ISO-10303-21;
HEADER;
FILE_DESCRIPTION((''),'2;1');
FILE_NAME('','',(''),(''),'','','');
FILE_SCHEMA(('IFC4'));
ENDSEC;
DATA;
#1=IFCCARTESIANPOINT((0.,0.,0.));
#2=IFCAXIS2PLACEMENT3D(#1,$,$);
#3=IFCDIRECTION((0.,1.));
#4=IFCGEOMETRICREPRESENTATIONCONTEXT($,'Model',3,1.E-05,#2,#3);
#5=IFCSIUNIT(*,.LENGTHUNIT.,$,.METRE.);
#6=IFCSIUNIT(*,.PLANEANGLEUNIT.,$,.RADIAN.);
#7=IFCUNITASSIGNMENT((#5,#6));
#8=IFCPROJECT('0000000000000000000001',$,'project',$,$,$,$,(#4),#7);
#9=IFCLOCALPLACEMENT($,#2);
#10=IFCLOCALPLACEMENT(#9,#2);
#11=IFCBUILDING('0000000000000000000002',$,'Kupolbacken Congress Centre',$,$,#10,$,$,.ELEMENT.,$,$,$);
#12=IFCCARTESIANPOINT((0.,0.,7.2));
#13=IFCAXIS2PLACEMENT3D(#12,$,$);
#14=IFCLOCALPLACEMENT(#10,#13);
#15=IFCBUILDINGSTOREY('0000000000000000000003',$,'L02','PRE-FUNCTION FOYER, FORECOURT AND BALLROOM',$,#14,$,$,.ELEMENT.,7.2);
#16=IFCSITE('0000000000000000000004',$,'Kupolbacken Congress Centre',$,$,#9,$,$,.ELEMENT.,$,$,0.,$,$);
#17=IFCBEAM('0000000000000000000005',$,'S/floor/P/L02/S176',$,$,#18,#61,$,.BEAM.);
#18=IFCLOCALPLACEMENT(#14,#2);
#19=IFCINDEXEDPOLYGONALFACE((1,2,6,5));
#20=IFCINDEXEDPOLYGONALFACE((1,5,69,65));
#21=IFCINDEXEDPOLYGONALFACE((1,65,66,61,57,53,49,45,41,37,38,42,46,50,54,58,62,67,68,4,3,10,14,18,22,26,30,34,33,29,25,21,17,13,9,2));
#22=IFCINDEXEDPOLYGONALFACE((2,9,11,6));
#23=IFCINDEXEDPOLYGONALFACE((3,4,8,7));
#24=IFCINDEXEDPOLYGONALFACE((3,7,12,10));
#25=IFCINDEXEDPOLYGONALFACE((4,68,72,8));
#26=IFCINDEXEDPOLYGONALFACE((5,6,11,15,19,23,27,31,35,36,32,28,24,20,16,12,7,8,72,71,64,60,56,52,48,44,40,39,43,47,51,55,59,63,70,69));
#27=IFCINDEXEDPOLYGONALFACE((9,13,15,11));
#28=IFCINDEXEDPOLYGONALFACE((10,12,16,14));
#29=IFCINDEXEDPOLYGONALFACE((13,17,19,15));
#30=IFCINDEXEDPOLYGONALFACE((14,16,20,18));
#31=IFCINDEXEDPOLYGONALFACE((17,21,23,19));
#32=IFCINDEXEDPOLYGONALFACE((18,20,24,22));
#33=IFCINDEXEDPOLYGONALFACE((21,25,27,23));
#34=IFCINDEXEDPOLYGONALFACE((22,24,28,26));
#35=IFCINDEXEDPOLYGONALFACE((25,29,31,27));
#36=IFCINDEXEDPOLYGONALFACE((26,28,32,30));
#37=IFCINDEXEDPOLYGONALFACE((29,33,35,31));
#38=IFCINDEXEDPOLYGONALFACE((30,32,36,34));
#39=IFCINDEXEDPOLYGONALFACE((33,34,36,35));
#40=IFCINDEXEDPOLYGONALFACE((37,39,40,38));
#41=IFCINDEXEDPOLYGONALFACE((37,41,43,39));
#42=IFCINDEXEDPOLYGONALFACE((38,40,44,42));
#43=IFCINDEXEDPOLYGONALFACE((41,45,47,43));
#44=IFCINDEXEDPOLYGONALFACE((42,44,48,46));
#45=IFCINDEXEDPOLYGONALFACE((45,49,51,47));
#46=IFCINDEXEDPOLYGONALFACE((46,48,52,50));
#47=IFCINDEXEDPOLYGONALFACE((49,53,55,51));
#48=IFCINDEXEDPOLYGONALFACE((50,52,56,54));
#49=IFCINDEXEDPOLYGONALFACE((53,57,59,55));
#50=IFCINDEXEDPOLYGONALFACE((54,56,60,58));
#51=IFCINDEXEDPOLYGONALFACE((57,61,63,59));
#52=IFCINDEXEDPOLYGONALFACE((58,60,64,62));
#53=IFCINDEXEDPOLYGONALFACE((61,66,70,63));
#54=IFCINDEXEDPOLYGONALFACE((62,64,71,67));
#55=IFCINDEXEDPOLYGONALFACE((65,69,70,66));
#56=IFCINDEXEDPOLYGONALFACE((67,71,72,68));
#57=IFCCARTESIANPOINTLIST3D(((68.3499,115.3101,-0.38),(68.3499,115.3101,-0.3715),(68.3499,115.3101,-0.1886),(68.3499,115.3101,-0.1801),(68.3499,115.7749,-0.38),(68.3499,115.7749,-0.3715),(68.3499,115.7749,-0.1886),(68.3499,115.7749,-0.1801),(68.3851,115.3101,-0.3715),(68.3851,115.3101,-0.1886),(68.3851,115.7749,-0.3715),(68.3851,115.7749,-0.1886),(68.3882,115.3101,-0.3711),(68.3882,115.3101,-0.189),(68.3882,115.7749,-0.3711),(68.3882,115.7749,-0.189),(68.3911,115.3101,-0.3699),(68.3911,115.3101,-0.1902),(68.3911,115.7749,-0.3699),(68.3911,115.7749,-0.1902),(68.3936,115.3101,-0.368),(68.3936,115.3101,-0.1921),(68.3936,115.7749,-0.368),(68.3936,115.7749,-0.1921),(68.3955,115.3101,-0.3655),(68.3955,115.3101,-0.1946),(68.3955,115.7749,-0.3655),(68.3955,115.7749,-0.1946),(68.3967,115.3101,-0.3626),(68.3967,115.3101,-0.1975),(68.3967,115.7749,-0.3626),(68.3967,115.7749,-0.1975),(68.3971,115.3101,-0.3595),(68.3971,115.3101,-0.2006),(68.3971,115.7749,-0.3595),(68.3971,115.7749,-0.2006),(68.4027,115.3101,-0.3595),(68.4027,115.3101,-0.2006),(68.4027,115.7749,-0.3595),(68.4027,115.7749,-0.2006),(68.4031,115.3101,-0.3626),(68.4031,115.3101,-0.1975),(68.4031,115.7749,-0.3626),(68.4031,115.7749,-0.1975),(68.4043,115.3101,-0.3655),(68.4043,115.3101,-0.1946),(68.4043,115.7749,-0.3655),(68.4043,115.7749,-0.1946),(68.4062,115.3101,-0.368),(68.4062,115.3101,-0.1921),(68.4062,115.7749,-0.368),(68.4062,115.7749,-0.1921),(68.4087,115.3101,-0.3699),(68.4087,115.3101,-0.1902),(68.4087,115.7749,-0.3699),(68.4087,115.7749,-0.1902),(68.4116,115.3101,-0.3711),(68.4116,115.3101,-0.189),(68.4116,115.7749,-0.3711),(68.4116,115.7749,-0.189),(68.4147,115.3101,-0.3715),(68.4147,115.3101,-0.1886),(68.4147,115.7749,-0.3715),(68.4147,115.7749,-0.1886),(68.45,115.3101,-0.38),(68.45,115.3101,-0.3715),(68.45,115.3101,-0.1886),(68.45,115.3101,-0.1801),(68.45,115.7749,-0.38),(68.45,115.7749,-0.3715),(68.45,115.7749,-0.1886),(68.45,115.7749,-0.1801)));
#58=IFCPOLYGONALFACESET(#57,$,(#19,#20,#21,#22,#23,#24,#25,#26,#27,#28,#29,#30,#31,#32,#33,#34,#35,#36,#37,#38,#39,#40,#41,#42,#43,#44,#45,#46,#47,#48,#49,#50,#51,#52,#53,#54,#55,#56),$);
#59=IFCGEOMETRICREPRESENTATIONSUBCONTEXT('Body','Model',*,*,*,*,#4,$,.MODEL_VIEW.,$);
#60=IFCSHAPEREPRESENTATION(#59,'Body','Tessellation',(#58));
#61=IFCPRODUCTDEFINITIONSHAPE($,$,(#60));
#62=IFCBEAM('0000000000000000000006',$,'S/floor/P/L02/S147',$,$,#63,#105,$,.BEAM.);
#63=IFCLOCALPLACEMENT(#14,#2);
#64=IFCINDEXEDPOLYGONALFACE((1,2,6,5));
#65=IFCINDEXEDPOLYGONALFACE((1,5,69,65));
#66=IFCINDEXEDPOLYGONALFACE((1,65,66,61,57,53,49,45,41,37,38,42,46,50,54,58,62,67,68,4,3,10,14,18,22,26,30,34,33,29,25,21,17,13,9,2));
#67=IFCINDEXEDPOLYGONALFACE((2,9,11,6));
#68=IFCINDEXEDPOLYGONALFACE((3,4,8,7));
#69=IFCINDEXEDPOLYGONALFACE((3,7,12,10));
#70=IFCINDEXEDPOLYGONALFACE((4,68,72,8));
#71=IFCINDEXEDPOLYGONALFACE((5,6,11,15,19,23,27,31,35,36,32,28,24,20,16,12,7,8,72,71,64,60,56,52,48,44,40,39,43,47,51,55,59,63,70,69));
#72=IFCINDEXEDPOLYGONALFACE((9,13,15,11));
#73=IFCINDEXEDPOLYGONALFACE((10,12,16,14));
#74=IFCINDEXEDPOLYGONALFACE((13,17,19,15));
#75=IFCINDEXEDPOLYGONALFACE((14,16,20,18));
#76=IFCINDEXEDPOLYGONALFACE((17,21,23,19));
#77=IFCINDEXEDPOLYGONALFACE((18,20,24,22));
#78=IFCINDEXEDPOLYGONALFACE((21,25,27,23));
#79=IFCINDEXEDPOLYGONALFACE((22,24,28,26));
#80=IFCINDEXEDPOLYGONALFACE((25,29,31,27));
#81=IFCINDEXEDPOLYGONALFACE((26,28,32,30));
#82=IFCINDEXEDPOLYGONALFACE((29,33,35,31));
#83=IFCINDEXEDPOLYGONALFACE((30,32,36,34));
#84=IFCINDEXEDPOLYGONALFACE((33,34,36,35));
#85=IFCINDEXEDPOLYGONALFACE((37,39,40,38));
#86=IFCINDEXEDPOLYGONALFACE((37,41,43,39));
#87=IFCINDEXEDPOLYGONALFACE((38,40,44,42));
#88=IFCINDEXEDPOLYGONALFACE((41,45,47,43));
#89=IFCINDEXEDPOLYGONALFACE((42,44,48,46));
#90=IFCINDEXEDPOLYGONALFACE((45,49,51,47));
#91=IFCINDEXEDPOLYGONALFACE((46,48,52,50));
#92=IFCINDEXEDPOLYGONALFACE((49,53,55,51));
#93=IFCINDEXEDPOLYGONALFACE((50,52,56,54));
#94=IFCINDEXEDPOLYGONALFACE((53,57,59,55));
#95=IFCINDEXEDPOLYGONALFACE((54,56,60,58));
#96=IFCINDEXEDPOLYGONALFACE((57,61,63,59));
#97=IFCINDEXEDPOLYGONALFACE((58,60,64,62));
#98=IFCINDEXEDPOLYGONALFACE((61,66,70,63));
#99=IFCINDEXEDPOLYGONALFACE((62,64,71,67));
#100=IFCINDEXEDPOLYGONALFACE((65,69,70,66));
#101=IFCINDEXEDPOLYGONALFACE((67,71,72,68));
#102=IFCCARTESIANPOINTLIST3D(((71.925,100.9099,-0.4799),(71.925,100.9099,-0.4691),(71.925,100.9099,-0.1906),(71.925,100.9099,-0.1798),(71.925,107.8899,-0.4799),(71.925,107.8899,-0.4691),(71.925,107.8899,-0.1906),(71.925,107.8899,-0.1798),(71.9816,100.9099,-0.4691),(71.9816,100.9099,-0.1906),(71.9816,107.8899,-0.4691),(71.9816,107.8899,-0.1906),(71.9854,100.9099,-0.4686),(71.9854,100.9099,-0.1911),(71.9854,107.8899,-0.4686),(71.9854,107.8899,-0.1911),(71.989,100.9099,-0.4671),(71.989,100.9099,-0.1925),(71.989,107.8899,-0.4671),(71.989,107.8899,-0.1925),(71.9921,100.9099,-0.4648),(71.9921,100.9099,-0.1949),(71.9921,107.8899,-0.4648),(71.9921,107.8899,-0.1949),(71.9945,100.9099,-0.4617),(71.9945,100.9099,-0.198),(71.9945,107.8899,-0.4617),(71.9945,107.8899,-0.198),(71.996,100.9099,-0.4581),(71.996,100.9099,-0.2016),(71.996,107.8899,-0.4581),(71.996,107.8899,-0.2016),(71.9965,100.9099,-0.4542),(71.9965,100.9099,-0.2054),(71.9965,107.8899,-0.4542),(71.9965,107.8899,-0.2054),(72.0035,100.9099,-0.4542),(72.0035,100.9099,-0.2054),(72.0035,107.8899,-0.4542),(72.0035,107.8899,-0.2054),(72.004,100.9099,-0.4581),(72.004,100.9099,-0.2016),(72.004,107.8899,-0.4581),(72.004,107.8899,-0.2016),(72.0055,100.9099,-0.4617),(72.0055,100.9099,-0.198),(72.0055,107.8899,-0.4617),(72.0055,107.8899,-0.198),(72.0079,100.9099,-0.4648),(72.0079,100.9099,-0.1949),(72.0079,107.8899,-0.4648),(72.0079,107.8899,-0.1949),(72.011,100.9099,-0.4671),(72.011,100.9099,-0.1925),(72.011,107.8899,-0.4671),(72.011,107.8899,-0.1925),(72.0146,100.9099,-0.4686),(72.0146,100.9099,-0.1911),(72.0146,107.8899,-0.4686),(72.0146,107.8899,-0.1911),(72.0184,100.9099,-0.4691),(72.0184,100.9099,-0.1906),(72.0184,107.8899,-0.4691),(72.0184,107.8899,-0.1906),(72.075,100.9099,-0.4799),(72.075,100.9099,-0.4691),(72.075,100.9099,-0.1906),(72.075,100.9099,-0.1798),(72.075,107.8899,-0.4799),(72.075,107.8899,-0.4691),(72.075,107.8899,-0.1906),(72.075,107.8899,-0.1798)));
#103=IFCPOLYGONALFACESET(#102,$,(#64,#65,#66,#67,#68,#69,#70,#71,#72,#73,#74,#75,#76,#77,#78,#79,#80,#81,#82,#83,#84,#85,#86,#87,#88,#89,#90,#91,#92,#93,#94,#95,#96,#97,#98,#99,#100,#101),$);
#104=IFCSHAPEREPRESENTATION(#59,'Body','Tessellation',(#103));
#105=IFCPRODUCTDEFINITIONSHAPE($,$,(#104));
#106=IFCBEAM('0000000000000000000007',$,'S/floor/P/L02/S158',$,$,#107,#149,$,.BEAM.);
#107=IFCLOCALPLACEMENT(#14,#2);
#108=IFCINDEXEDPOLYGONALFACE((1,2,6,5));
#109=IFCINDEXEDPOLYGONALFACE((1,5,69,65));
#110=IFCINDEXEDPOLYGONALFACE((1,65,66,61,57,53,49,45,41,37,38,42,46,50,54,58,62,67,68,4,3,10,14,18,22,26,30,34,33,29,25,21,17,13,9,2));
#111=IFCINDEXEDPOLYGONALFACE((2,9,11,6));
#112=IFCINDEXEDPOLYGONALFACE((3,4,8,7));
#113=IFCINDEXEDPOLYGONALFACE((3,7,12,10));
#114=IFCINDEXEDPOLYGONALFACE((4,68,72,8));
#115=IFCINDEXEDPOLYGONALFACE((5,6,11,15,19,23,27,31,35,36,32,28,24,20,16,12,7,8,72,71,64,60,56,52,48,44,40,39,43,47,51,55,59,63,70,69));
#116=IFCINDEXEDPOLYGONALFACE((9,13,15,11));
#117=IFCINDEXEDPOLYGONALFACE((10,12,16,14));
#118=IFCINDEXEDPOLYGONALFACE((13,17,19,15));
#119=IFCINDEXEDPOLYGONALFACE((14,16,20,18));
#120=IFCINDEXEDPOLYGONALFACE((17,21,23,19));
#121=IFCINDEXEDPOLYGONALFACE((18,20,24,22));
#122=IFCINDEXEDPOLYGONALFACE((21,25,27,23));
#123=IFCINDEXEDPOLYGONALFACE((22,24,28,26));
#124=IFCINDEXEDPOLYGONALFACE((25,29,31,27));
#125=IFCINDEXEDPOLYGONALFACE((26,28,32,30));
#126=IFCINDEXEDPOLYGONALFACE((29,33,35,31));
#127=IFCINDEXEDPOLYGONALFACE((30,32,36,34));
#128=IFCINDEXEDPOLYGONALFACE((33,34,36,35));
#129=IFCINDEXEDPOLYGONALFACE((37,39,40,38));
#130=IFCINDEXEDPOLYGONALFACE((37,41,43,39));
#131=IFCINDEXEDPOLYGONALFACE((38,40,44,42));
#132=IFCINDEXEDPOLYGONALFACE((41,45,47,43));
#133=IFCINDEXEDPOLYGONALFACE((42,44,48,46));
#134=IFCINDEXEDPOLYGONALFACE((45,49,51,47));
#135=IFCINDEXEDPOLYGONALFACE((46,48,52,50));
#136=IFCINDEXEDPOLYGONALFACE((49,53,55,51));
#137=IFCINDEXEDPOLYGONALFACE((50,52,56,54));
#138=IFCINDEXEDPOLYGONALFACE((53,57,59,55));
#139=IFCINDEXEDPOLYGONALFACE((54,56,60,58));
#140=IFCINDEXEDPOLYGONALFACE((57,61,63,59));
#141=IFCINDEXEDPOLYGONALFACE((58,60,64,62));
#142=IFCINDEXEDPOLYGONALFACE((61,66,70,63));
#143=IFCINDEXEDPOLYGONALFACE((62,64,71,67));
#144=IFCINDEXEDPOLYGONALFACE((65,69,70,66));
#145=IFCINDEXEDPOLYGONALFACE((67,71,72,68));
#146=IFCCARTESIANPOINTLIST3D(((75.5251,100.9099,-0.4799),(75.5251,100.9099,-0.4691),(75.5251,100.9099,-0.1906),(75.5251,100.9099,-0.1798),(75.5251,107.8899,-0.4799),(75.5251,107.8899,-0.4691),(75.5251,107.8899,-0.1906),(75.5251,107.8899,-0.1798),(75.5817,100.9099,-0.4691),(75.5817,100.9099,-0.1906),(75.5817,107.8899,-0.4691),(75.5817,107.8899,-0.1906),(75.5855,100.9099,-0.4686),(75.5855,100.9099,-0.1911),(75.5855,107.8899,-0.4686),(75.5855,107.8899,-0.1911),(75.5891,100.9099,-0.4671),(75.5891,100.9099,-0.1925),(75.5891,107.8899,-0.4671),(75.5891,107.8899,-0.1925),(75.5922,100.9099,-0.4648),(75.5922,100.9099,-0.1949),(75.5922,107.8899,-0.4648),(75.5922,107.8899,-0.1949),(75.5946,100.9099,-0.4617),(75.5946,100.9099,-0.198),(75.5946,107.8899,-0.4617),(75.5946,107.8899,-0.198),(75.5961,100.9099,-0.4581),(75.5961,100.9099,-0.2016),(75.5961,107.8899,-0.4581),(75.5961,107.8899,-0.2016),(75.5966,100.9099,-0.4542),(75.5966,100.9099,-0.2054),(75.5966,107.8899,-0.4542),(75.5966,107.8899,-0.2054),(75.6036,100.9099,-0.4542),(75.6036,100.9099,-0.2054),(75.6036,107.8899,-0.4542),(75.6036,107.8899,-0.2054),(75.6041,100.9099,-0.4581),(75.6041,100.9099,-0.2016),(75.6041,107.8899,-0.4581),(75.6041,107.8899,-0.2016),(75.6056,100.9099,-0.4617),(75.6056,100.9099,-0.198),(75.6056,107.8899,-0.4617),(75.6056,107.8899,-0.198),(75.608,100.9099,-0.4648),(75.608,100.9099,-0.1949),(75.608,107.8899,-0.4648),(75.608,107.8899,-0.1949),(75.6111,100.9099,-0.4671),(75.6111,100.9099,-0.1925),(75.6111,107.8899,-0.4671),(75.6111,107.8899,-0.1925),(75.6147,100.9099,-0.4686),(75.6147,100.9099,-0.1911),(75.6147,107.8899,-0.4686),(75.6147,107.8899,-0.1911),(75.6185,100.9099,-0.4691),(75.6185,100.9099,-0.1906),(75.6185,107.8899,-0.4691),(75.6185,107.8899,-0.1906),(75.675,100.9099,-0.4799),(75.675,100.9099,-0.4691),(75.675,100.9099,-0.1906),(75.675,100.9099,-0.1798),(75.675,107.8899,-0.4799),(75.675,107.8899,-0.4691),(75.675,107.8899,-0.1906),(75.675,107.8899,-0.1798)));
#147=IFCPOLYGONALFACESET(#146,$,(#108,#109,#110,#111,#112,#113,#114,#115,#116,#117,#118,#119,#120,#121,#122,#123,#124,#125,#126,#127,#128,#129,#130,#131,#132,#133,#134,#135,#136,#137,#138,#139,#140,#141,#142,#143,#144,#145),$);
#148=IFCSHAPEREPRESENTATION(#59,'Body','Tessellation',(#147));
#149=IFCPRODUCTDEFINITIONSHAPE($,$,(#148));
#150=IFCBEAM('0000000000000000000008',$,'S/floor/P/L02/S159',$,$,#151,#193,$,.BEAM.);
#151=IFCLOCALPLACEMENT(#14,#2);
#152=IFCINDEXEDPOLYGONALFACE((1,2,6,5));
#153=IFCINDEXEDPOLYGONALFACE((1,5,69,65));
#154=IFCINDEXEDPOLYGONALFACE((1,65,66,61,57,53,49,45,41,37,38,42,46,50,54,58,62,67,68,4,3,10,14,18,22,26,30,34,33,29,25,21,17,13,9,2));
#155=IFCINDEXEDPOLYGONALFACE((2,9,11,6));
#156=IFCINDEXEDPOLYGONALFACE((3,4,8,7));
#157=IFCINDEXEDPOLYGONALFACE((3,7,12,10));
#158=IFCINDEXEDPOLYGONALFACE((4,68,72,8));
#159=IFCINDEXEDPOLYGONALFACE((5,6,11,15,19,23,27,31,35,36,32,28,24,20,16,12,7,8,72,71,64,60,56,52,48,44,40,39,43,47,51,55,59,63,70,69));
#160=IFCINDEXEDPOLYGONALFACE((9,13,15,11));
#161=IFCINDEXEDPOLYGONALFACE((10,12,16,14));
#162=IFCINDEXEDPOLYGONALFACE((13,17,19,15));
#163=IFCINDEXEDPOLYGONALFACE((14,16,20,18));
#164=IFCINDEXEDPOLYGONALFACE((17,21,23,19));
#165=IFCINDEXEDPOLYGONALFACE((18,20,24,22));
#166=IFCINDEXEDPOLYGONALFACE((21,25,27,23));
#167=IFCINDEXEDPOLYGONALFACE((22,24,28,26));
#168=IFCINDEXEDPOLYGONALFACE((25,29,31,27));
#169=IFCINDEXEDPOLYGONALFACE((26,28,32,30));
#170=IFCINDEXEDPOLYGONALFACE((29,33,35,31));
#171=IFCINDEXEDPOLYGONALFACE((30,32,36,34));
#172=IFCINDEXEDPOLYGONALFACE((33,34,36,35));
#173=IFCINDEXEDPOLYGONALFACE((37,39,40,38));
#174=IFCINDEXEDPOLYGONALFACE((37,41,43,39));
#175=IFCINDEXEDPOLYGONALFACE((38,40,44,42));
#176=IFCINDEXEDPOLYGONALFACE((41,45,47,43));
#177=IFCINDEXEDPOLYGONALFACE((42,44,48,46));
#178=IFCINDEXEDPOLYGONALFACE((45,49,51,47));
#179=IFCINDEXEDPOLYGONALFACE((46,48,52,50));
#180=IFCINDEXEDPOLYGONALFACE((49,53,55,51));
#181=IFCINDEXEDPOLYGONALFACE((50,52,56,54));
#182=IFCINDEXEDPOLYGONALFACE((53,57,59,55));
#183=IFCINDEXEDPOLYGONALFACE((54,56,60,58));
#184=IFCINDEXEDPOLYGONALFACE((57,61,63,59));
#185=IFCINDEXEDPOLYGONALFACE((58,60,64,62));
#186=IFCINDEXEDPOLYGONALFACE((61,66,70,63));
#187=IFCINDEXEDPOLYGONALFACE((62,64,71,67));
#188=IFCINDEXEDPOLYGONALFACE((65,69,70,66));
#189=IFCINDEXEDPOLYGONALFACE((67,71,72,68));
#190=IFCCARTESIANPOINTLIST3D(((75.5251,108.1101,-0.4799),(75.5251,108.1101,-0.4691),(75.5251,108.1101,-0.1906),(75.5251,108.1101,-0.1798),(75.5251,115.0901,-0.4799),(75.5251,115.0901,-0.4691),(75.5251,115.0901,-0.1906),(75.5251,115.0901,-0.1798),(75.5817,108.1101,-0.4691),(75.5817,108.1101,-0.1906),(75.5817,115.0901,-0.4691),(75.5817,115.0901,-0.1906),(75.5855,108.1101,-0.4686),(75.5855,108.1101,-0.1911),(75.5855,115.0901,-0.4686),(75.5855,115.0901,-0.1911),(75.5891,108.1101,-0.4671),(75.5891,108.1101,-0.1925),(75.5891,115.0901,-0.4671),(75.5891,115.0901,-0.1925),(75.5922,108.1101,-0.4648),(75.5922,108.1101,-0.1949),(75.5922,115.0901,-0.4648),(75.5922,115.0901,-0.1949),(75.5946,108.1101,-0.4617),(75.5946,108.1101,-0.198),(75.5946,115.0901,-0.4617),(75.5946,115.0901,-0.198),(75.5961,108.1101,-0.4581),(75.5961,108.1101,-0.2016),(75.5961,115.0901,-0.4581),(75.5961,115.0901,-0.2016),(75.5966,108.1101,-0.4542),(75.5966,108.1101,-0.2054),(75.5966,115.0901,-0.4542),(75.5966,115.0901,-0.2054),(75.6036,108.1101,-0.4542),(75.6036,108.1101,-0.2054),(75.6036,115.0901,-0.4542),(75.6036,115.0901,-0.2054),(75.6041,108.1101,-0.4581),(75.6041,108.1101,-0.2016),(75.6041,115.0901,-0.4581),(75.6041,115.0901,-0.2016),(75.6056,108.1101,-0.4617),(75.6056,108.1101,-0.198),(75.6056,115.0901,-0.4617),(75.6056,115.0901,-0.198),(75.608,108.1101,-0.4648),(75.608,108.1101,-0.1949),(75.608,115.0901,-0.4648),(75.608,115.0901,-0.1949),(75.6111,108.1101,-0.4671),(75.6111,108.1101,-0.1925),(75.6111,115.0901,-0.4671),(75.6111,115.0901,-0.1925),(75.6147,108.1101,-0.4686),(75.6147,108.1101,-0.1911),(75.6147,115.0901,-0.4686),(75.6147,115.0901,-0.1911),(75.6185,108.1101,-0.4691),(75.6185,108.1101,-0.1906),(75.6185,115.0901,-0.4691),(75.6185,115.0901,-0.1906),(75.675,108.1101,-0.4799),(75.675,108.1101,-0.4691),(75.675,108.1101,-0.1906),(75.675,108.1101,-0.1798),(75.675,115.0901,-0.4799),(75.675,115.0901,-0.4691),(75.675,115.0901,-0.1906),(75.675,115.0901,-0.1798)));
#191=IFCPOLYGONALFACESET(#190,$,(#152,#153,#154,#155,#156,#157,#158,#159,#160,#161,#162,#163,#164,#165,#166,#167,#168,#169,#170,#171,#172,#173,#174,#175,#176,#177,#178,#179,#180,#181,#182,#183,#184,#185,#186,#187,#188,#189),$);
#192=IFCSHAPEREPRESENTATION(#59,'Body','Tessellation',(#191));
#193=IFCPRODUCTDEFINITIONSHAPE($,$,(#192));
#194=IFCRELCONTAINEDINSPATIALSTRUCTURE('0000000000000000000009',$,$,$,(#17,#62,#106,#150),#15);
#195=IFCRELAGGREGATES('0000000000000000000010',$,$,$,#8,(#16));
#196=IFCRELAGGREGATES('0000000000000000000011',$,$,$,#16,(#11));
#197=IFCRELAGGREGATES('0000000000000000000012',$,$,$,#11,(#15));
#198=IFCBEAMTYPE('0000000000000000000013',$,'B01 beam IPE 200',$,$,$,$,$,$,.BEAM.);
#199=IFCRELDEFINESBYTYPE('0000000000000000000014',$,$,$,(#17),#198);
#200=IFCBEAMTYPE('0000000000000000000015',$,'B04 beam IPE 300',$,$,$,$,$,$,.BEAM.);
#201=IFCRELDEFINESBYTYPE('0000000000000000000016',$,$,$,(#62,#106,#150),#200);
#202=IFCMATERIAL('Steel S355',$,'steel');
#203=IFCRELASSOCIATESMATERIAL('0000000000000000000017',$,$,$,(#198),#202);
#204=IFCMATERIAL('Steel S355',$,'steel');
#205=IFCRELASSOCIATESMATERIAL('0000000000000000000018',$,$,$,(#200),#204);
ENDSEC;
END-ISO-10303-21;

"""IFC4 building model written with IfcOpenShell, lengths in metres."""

from ifc_helpers import new_model, si_unit, direction, frame, origin, origin_2d, place, context, subcontext, project, spatial, i_section, extrude, material, material_profile, profile_set, type_object, element, save


model = new_model("IFC4")

# Units and contexts
model_context = context("Model", 3, precision=1e-05, world=origin(), true_north=direction((0.0, 1.0)))
body_context = subcontext(model_context, "Body", "Model", "MODEL_VIEW")
ifc_project = project(units=[si_unit("LENGTHUNIT", "METRE"), si_unit("PLANEANGLEUNIT", "RADIAN")], contexts=[model_context])

# Site, building, storey
site_placement = place(None, origin())
site = spatial("IfcSite", under=ifc_project, at=site_placement, Name="Kupolbacken Congress Centre", CompositionType="ELEMENT", RefElevation=0.0)
building_placement = place(site_placement, origin())
building = spatial("IfcBuilding", under=site, at=building_placement, Name="Kupolbacken Congress Centre", CompositionType="ELEMENT")
storey_placement = place(building_placement, frame((0.0, 0.0, 7.2)))
storey = spatial("IfcBuildingStorey", under=building, at=storey_placement, Name="L02", Description="PRE-FUNCTION FOYER, FORECOURT AND BALLROOM", CompositionType="ELEMENT", Elevation=7.2)

# Beams
ifc_material_1 = material(Name="Steel S355", Category="steel")
ifc_material_profile_1 = material_profile(ifc_material_1, i_section(OverallWidth=0.1001, OverallDepth=0.2, WebThickness=0.0056, FlangeThickness=0.0085, FilletRadius=0.012, at=origin_2d()), Name="IPE 200")
ifc_profile_set_1 = profile_set([ifc_material_profile_1], Name="Steel S355")
beam_type_1 = type_object("IfcBeamType", Name="B01 beam IPE 200", PredefinedType="BEAM", material=ifc_profile_set_1)
beam_1_placement = place(storey_placement, frame((68.3999, 115.3101, -0.28), z_axis=(0.0, 1.0, 0.0), x_axis=(-1.0, 0.0, 0.0)))
element("IfcBeam", 1, at=beam_1_placement, inside=storey, type_object=beam_type_1, Name="S/floor/P/L02/S176", PredefinedType="BEAM", context=body_context, shape_type="SweptSolid", body=[
    extrude(i_section(OverallWidth=0.1001, OverallDepth=0.2, WebThickness=0.0056, FlangeThickness=0.0085, FilletRadius=0.012, at=origin_2d()), origin(), (0.0, 0.0, 1.0), 0.4648),
])
ifc_material_2 = material(Name="Steel S355", Category="steel")
ifc_material_profile_2 = material_profile(ifc_material_2, i_section(OverallWidth=0.1499, OverallDepth=0.3, WebThickness=0.0071, FlangeThickness=0.0107, FilletRadius=0.0149, at=origin_2d()), Name="IPE 300")
ifc_profile_set_2 = profile_set([ifc_material_profile_2], Name="Steel S355")
beam_type_2 = type_object("IfcBeamType", Name="B04 beam IPE 300", PredefinedType="BEAM", material=ifc_profile_set_2)
for number, where, z_axis, x_axis, name in (
    (2, (72.0, 100.9099, -0.3298), (0.0, 1.0, 0.0), (-1.0, 0.0, 0.0), "S/floor/P/L02/S147"),
    (3, (75.6001, 100.9099, -0.3298), (0.0, 1.0, 0.0), (-1.0, 0.0, 0.0), "S/floor/P/L02/S158"),
    (4, (75.6001, 108.1101, -0.3298), (0.0, 1.0, 0.0), (-1.0, 0.0, 0.0), "S/floor/P/L02/S159"),
):
    element("IfcBeam", number, at=place(storey_placement, frame(where, z_axis=z_axis, x_axis=x_axis)), inside=storey, type_object=beam_type_2, Name=name, PredefinedType="BEAM", context=body_context, shape_type="SweptSolid", body=[
        extrude(i_section(OverallWidth=0.1499, OverallDepth=0.3, WebThickness=0.0071, FlangeThickness=0.0107, FilletRadius=0.0149, at=origin_2d()), origin(), (0.0, 0.0, 1.0), 6.98),
    ])

save(model, "model.ifc")
